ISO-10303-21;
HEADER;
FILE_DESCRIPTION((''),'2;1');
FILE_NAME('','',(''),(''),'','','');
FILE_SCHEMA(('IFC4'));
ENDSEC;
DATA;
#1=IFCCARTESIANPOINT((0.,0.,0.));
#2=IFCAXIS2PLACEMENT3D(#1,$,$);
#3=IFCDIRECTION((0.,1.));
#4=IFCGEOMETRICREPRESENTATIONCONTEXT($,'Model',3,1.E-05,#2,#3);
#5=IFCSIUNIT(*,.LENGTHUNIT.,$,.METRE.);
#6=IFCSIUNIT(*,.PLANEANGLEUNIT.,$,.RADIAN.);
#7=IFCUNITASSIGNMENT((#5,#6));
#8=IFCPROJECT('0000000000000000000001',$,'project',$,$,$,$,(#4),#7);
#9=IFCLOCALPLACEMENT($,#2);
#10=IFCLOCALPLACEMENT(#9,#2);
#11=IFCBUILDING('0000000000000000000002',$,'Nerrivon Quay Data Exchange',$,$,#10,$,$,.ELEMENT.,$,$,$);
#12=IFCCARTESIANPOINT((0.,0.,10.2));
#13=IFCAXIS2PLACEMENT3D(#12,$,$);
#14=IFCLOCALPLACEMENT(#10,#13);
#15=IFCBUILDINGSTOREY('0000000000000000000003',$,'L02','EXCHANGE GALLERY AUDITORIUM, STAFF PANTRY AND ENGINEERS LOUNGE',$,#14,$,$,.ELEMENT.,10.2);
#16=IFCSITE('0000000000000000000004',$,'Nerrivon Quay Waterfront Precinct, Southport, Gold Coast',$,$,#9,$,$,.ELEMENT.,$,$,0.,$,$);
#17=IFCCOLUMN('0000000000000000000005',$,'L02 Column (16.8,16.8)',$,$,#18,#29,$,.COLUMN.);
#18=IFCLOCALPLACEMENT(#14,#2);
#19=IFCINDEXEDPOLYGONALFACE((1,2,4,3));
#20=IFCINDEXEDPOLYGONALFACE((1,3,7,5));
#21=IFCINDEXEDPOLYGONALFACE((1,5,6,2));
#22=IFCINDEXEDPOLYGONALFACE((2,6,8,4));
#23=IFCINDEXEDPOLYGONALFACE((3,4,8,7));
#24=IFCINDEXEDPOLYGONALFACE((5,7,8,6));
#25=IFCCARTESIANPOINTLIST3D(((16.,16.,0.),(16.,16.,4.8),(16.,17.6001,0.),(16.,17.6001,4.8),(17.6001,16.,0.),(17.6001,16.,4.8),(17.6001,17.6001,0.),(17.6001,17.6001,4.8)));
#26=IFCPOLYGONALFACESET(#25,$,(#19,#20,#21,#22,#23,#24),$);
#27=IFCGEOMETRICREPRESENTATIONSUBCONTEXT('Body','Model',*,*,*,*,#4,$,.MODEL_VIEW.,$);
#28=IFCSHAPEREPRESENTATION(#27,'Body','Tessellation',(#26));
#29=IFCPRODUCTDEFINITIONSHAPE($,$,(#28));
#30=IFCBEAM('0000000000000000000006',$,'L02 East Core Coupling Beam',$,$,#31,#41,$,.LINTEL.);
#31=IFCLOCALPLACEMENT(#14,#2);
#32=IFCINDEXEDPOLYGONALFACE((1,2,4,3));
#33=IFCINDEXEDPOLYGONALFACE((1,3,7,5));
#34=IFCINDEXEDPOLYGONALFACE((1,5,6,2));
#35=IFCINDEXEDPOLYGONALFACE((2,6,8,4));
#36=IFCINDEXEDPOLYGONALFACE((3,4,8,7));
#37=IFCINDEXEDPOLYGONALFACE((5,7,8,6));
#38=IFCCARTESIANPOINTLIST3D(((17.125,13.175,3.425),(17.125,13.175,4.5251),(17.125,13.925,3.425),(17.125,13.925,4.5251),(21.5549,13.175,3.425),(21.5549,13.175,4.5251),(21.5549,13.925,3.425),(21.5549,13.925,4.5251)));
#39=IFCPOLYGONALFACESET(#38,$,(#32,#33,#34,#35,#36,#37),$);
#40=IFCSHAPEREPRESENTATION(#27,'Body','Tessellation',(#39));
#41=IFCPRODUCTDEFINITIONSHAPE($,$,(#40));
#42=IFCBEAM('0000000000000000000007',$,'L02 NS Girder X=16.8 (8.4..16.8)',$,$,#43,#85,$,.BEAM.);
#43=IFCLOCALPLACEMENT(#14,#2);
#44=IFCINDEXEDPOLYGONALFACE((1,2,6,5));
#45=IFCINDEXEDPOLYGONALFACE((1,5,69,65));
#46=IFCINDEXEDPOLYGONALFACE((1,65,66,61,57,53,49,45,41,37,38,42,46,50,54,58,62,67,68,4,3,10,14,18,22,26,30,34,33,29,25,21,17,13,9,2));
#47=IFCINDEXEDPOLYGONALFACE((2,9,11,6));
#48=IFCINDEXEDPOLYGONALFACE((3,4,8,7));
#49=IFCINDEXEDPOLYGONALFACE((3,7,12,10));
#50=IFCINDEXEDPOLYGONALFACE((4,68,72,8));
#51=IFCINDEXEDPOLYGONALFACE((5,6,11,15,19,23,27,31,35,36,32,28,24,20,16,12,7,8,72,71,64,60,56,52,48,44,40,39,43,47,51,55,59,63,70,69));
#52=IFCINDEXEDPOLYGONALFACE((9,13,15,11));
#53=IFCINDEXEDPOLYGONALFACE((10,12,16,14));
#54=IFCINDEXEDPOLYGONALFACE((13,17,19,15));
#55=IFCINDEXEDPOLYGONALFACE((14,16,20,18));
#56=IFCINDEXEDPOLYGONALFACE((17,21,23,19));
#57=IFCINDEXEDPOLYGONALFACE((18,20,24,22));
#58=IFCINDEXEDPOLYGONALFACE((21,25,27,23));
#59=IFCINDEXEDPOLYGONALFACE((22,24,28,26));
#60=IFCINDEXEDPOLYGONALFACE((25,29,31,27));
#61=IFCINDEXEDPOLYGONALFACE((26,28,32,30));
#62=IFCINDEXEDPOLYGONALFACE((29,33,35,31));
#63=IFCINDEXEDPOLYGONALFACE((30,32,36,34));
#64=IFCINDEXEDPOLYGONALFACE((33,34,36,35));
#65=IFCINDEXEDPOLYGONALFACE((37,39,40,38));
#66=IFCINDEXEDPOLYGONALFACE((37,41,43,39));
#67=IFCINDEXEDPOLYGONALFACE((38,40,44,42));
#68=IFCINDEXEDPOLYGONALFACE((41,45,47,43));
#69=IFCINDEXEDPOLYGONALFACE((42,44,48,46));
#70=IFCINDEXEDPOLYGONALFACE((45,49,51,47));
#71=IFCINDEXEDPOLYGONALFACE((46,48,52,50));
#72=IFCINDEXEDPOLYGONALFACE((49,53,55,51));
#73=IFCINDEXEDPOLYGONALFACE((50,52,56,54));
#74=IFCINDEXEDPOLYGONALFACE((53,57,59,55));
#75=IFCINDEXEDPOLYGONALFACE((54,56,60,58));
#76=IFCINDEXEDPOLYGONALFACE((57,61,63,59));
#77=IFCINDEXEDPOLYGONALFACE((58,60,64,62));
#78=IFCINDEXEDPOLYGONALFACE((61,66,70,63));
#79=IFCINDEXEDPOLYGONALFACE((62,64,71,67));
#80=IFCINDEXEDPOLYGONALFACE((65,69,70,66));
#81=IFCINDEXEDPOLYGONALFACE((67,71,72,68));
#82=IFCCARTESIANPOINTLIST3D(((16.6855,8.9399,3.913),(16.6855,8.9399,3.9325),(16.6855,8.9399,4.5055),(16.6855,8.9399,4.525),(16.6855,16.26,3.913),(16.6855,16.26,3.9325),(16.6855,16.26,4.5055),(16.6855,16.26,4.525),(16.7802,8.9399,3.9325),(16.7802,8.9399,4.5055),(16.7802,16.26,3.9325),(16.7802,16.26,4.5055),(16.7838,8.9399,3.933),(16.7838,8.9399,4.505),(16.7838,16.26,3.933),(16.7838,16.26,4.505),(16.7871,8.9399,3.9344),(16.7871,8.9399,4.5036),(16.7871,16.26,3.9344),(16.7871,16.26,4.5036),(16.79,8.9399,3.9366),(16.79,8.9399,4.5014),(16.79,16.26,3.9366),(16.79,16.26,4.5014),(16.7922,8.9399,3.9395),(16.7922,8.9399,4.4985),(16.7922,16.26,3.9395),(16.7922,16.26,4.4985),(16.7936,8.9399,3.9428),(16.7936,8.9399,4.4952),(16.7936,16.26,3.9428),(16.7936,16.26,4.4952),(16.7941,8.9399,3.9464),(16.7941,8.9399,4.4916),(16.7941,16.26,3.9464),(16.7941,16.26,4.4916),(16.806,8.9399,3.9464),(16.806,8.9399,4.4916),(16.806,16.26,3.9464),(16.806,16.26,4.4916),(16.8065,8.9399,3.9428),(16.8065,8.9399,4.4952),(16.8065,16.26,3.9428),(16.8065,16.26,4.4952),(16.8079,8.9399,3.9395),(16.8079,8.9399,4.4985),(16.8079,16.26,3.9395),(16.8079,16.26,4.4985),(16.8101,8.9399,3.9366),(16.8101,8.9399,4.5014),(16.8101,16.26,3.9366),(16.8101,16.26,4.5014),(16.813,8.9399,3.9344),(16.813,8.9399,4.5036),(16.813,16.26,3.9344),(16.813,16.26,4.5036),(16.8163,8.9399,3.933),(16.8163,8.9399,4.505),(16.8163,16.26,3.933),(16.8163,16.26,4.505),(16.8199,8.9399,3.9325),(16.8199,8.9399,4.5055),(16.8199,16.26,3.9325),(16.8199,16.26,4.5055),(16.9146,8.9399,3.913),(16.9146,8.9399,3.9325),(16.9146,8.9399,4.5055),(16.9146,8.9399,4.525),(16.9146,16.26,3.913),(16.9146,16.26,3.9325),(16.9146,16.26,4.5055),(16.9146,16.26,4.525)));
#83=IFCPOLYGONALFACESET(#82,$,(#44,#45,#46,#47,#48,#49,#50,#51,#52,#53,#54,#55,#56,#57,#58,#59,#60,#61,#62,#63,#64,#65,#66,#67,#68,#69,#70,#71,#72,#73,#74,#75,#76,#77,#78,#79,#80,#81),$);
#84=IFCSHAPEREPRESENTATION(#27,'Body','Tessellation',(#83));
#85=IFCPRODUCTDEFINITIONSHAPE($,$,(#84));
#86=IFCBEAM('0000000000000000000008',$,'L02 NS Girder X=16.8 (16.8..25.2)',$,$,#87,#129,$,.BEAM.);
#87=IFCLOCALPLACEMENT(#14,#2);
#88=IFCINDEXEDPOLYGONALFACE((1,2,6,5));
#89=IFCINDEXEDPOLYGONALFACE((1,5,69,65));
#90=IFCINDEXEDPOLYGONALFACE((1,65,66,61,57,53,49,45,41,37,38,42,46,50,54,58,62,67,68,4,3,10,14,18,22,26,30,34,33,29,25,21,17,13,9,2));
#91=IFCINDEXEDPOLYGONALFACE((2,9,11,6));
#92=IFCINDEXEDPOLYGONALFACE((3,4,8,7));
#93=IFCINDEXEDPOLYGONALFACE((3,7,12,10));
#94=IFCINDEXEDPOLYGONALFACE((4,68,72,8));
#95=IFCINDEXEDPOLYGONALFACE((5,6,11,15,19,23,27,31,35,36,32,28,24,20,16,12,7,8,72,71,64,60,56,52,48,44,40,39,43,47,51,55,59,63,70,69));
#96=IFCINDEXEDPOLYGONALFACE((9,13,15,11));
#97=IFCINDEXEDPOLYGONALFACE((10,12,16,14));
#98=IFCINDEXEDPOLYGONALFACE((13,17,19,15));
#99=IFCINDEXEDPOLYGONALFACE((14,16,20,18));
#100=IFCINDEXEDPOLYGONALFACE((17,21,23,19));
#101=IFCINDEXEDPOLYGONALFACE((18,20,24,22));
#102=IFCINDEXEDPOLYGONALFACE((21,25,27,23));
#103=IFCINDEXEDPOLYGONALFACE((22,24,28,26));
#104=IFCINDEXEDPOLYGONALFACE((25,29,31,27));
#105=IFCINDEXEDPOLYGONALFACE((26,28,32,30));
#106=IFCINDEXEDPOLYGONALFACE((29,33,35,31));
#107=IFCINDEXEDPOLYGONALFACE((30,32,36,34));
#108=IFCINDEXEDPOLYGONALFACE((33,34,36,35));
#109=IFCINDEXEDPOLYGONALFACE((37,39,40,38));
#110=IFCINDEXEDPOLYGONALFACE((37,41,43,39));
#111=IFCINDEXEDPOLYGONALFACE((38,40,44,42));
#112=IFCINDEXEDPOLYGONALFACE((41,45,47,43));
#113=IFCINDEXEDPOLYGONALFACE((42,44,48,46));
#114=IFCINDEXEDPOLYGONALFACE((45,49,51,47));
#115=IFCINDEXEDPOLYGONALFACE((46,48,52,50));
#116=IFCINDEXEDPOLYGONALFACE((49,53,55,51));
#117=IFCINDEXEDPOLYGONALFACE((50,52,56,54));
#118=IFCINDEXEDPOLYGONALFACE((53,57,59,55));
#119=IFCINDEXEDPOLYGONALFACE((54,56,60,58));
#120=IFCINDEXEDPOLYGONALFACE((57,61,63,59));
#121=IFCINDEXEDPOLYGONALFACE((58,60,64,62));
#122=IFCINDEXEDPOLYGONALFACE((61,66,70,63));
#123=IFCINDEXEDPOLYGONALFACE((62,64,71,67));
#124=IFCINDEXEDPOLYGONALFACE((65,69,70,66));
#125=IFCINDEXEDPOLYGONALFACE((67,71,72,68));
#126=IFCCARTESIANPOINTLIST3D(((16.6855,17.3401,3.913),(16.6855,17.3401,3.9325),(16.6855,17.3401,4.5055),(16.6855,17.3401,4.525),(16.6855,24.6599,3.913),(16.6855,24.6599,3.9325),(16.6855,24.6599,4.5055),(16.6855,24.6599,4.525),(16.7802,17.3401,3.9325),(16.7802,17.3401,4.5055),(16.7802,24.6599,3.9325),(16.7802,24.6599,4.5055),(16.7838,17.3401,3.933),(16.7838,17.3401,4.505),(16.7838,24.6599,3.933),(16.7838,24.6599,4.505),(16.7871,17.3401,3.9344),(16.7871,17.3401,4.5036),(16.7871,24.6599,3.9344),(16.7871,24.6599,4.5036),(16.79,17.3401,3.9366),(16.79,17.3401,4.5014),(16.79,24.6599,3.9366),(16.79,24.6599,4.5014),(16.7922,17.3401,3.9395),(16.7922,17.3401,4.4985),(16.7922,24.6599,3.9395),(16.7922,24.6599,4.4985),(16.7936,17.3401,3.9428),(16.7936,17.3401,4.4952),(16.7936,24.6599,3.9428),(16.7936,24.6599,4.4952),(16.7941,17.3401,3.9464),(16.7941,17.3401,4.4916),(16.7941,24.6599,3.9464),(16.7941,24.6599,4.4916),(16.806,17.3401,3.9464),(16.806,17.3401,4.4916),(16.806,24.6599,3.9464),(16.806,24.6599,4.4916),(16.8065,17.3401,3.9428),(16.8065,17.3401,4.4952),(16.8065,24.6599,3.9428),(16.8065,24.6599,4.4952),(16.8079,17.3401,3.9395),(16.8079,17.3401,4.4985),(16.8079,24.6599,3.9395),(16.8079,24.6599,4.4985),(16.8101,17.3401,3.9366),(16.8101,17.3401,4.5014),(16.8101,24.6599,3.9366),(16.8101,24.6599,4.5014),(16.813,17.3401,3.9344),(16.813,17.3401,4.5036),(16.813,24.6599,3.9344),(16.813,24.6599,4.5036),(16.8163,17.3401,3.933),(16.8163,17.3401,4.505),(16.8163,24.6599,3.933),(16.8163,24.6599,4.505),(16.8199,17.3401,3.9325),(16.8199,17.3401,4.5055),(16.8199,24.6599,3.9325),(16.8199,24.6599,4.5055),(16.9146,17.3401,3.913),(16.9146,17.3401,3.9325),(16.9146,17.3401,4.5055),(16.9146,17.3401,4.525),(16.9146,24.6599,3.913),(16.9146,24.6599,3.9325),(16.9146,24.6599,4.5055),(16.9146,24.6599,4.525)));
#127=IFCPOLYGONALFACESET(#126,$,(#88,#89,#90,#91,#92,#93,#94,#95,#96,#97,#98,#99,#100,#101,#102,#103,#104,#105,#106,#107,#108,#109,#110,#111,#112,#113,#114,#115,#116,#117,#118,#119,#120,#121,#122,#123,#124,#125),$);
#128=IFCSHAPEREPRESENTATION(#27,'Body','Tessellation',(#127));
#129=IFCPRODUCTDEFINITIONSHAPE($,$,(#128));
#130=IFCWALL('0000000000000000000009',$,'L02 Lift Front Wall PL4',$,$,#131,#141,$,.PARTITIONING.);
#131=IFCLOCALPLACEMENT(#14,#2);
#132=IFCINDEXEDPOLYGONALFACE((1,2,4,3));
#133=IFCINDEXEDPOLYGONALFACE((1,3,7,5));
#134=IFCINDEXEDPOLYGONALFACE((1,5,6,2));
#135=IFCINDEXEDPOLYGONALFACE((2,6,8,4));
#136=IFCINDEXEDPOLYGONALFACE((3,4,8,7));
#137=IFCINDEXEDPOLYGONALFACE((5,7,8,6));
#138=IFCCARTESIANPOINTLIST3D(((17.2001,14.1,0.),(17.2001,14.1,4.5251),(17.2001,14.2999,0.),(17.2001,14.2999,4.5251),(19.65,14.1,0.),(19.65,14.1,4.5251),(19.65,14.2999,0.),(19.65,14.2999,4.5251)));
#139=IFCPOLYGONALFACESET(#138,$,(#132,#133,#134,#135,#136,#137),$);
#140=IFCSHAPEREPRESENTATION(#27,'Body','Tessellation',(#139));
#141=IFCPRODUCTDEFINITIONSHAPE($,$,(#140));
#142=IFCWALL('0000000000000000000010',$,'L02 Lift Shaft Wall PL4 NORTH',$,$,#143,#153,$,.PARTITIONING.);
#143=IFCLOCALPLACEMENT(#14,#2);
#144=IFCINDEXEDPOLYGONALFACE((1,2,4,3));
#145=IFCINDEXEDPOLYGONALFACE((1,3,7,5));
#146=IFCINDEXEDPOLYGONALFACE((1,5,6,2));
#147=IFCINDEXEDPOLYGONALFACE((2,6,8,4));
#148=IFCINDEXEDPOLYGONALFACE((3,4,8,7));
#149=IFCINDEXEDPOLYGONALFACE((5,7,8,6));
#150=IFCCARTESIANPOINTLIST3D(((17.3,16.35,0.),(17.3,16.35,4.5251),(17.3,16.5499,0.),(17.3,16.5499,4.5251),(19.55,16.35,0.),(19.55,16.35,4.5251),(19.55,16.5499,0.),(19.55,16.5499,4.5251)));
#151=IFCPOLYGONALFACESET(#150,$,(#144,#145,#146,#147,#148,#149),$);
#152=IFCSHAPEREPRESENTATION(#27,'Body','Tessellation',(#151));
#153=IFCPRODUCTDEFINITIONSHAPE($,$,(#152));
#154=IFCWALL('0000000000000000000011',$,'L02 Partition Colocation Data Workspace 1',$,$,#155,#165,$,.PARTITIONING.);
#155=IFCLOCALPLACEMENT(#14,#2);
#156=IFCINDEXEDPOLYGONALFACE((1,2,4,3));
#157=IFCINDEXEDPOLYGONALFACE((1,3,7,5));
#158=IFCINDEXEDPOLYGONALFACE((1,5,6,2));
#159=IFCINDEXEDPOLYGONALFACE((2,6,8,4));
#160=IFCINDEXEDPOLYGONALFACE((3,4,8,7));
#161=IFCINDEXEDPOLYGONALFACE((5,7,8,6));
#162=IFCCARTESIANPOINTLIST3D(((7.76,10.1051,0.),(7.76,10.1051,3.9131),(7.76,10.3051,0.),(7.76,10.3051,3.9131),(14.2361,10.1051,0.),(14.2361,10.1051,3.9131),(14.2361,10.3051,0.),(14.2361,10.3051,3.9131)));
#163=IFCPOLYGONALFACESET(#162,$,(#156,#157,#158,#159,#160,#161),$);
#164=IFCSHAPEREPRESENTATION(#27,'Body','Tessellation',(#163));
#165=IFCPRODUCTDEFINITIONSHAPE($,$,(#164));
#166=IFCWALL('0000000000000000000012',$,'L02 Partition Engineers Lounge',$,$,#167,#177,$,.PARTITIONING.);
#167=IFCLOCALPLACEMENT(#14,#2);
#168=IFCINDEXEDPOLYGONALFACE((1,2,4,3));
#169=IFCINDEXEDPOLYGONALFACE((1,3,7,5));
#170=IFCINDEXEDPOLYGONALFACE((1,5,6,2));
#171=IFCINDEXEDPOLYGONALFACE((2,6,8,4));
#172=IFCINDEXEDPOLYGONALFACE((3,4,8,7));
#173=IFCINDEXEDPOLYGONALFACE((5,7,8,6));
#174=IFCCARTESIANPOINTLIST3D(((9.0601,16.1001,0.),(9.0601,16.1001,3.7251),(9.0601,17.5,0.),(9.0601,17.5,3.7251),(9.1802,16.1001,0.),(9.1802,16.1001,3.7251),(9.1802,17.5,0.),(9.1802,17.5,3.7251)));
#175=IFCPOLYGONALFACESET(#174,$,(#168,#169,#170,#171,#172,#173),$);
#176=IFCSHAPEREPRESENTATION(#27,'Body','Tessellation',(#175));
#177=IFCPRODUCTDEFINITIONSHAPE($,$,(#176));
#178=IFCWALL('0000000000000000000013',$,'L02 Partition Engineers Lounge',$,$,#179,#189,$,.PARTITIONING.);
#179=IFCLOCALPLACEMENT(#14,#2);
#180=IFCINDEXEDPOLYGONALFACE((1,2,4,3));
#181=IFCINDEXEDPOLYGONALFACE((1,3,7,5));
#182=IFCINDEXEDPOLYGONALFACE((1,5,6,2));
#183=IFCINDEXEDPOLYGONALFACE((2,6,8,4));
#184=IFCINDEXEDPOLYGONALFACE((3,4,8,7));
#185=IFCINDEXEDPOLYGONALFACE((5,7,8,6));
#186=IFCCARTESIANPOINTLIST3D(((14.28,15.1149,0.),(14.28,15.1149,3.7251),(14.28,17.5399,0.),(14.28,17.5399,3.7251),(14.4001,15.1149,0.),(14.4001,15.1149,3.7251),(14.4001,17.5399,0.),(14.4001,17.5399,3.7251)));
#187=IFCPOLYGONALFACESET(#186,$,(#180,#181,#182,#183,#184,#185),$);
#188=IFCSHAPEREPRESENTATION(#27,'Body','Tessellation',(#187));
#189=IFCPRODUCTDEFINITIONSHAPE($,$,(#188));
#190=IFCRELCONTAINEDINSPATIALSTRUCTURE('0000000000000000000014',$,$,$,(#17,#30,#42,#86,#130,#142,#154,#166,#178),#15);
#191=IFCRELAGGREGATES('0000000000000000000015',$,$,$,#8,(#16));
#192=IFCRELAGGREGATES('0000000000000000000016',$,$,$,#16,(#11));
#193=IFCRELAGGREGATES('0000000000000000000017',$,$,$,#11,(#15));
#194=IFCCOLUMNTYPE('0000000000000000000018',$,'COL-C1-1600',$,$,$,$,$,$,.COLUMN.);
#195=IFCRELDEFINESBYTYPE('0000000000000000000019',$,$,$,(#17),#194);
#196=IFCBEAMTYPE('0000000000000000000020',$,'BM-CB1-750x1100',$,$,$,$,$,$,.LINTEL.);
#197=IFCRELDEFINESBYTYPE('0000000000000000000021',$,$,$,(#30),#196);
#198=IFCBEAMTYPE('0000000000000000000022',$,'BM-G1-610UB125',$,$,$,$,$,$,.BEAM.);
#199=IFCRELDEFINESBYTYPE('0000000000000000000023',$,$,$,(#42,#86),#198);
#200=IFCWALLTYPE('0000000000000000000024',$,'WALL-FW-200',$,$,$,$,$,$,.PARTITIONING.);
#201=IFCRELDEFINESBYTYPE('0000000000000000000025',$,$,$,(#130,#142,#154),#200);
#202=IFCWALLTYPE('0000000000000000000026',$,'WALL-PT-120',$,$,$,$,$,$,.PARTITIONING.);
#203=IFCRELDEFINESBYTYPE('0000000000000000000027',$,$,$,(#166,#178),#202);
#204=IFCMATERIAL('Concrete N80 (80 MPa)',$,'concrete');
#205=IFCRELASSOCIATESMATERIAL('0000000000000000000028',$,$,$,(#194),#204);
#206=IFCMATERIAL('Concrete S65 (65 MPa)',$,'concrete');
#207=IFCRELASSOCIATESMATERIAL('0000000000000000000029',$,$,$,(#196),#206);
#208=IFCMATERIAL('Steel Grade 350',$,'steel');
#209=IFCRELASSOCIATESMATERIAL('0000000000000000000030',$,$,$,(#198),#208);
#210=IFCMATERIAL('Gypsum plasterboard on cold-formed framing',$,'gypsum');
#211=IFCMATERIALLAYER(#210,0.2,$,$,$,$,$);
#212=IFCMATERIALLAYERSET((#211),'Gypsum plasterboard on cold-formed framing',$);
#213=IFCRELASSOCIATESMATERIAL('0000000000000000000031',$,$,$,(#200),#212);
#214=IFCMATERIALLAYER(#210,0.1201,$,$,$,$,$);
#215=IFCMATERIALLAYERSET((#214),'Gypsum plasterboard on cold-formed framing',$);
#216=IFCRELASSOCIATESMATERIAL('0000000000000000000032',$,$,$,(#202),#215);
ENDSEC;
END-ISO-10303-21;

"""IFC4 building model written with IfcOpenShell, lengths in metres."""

from ifc_helpers import new_model, si_unit, direction, frame, frame_2d, origin, origin_2d, place, context, subcontext, project, spatial, rectangle, i_section, extrude, material, layer, layer_set, material_profile, profile_set, type_object, element, save


model = new_model("IFC4")

# Units and contexts
model_context = context("Model", 3, precision=1e-05, world=origin(), true_north=direction((0.0, 1.0)))
body_context = subcontext(model_context, "Body", "Model", "MODEL_VIEW")
ifc_project = project(units=[si_unit("LENGTHUNIT", "METRE"), si_unit("PLANEANGLEUNIT", "RADIAN")], contexts=[model_context])

# Site, building, storey
site_placement = place(None, origin())
site = spatial("IfcSite", under=ifc_project, at=site_placement, Name="Nerrivon Quay Waterfront Precinct, Southport, Gold Coast", CompositionType="ELEMENT", RefElevation=0.0)
building_placement = place(site_placement, origin())
building = spatial("IfcBuilding", under=site, at=building_placement, Name="Nerrivon Quay Data Exchange", CompositionType="ELEMENT")
storey_placement = place(building_placement, frame((0.0, 0.0, 10.2)))
storey = spatial("IfcBuildingStorey", under=building, at=storey_placement, Name="L02", Description="EXCHANGE GALLERY AUDITORIUM, STAFF PANTRY AND ENGINEERS LOUNGE", CompositionType="ELEMENT", Elevation=10.2)

# Column
ifc_material_1 = material(Name="Concrete N80 (80 MPa)", Category="concrete")
ifc_material_profile_1 = material_profile(ifc_material_1, rectangle(XDim=1.6001, YDim=1.6001, at=origin_2d()), Name="RC-COL-1600x1600")
ifc_profile_set_1 = profile_set([ifc_material_profile_1], Name="Concrete N80 (80 MPa)")
column_type = type_object("IfcColumnType", Name="COL-C1-1600", PredefinedType="COLUMN", material=ifc_profile_set_1)
column_placement = place(storey_placement, frame((16.8, 16.8, 0.0), z_axis=(0.0, 0.0, 1.0), x_axis=(1.0, 0.0, 0.0)))
element("IfcColumn", 1, at=column_placement, inside=storey, type_object=column_type, Name="L02 Column (16.8,16.8)", PredefinedType="COLUMN", context=body_context, shape_type="SweptSolid", body=[
    extrude(rectangle(XDim=1.6001, YDim=1.6001, at=origin_2d()), origin(), (0.0, 0.0, 1.0), 4.8),
])

# Beams
ifc_material_2 = material(Name="Concrete S65 (65 MPa)", Category="concrete")
ifc_material_profile_2 = material_profile(ifc_material_2, rectangle(XDim=0.75, YDim=1.1001, at=origin_2d()), Name="RC-CB-750x1100")
ifc_profile_set_2 = profile_set([ifc_material_profile_2], Name="Concrete S65 (65 MPa)")
beam_type_1 = type_object("IfcBeamType", Name="BM-CB1-750x1100", PredefinedType="LINTEL", material=ifc_profile_set_2)
beam_1_placement = place(storey_placement, frame((17.125, 13.55, 3.9751), z_axis=(1.0, 0.0, 0.0), x_axis=(0.0, 1.0, 0.0)))
element("IfcBeam", 2, at=beam_1_placement, inside=storey, type_object=beam_type_1, Name="L02 East Core Coupling Beam", PredefinedType="LINTEL", context=body_context, shape_type="SweptSolid", body=[
    extrude(rectangle(XDim=0.75, YDim=1.1001, at=origin_2d()), origin(), (0.0, 0.0, 1.0), 4.4299),
])
ifc_material_3 = material(Name="Steel Grade 350", Category="steel")
ifc_material_profile_3 = material_profile(ifc_material_3, i_section(OverallWidth=0.229, OverallDepth=0.6121, WebThickness=0.012, FlangeThickness=0.0195, FilletRadius=0.0139, at=origin_2d()), Name="610UB125")
ifc_profile_set_3 = profile_set([ifc_material_profile_3], Name="Steel Grade 350")
beam_type_2 = type_object("IfcBeamType", Name="BM-G1-610UB125", PredefinedType="BEAM", material=ifc_profile_set_3)
beam_2_placement = place(storey_placement, frame((16.8, 8.9399, 4.219), z_axis=(0.0, 1.0, 0.0), x_axis=(-1.0, 0.0, 0.0)))
element("IfcBeam", 3, at=beam_2_placement, inside=storey, type_object=beam_type_2, Name="L02 NS Girder X=16.8 (8.4..16.8)", PredefinedType="BEAM", context=body_context, shape_type="SweptSolid", body=[
    extrude(i_section(OverallWidth=0.229, OverallDepth=0.6121, WebThickness=0.012, FlangeThickness=0.0195, FilletRadius=0.0139, at=origin_2d()), origin(), (0.0, 0.0, 1.0), 7.3201),
])
beam_3_placement = place(storey_placement, frame((16.8, 17.3401, 4.219), z_axis=(0.0, 1.0, 0.0), x_axis=(-1.0, 0.0, 0.0)))
element("IfcBeam", 4, at=beam_3_placement, inside=storey, type_object=beam_type_2, Name="L02 NS Girder X=16.8 (16.8..25.2)", PredefinedType="BEAM", context=body_context, shape_type="SweptSolid", body=[
    extrude(i_section(OverallWidth=0.229, OverallDepth=0.6121, WebThickness=0.012, FlangeThickness=0.0195, FilletRadius=0.0139, at=origin_2d()), origin(), (0.0, 0.0, 1.0), 7.3198),
])

# Walls
ifc_material_4 = material(Name="Gypsum plasterboard on cold-formed framing", Category="gypsum")
ifc_layer_1 = layer(ifc_material_4, 0.2)
ifc_layer_set_1 = layer_set([ifc_layer_1], Name="Gypsum plasterboard on cold-formed framing")
wall_type_1 = type_object("IfcWallType", Name="WALL-FW-200", PredefinedType="PARTITIONING", material=ifc_layer_set_1)
wall_1_placement = place(storey_placement, frame((17.2, 14.2, 0.0), z_axis=(0.0, 0.0, 1.0), x_axis=(1.0, 0.0, 0.0)))
element("IfcWall", 5, at=wall_1_placement, inside=storey, type_object=wall_type_1, Name="L02 Lift Front Wall PL4", PredefinedType="PARTITIONING", context=body_context, shape_type="SweptSolid", body=[
    extrude(rectangle(XDim=2.45, YDim=0.2, at=frame_2d((1.2251, 0.0))), origin(), (0.0, 0.0, 1.0), 4.5251),
])
wall_2_placement = place(storey_placement, frame((17.3, 16.45, 0.0), z_axis=(0.0, 0.0, 1.0), x_axis=(1.0, 0.0, 0.0)))
element("IfcWall", 6, at=wall_2_placement, inside=storey, type_object=wall_type_1, Name="L02 Lift Shaft Wall PL4 NORTH", PredefinedType="PARTITIONING", context=body_context, shape_type="SweptSolid", body=[
    extrude(rectangle(XDim=2.25, YDim=0.2, at=frame_2d((1.125, 0.0))), origin(), (0.0, 0.0, 1.0), 4.5251),
])
wall_3_placement = place(storey_placement, frame((14.2361, 10.2051, 0.0), z_axis=(0.0, 0.0, 1.0), x_axis=(-1.0, 0.0, 0.0)))
element("IfcWall", 7, at=wall_3_placement, inside=storey, type_object=wall_type_1, Name="L02 Partition Colocation Data Workspace 1", PredefinedType="PARTITIONING", context=body_context, shape_type="SweptSolid", body=[
    extrude(rectangle(XDim=6.4761, YDim=0.2, at=frame_2d((3.238, 0.0))), origin(), (0.0, 0.0, 1.0), 3.9131),
])

# Shared definitions
ifc_layer_2 = layer(ifc_material_4, 0.1201)
ifc_layer_set_2 = layer_set([ifc_layer_2], Name="Gypsum plasterboard on cold-formed framing")
wall_type_2 = type_object("IfcWallType", Name="WALL-PT-120", PredefinedType="PARTITIONING", material=ifc_layer_set_2)

# Walls
wall_4_placement = place(storey_placement, frame((9.1201, 17.5, 0.0), z_axis=(0.0, 0.0, 1.0), x_axis=(0.0, -1.0, 0.0)))
element("IfcWall", 8, at=wall_4_placement, inside=storey, type_object=wall_type_2, Name="L02 Partition Engineers Lounge", PredefinedType="PARTITIONING", context=body_context, shape_type="SweptSolid", body=[
    extrude(rectangle(XDim=1.3999, YDim=0.1201, at=frame_2d((0.7, 0.0))), origin(), (0.0, 0.0, 1.0), 3.7251),
])
wall_5_placement = place(storey_placement, frame((14.3401, 15.115, 0.0), z_axis=(0.0, 0.0, 1.0), x_axis=(0.0, 1.0, 0.0)))
element("IfcWall", 9, at=wall_5_placement, inside=storey, type_object=wall_type_2, Name="L02 Partition Engineers Lounge", PredefinedType="PARTITIONING", context=body_context, shape_type="SweptSolid", body=[
    extrude(rectangle(XDim=2.425, YDim=0.1201, at=frame_2d((1.2124, 0.0))), origin(), (0.0, 0.0, 1.0), 3.7251),
])

save(model, "model.ifc")
